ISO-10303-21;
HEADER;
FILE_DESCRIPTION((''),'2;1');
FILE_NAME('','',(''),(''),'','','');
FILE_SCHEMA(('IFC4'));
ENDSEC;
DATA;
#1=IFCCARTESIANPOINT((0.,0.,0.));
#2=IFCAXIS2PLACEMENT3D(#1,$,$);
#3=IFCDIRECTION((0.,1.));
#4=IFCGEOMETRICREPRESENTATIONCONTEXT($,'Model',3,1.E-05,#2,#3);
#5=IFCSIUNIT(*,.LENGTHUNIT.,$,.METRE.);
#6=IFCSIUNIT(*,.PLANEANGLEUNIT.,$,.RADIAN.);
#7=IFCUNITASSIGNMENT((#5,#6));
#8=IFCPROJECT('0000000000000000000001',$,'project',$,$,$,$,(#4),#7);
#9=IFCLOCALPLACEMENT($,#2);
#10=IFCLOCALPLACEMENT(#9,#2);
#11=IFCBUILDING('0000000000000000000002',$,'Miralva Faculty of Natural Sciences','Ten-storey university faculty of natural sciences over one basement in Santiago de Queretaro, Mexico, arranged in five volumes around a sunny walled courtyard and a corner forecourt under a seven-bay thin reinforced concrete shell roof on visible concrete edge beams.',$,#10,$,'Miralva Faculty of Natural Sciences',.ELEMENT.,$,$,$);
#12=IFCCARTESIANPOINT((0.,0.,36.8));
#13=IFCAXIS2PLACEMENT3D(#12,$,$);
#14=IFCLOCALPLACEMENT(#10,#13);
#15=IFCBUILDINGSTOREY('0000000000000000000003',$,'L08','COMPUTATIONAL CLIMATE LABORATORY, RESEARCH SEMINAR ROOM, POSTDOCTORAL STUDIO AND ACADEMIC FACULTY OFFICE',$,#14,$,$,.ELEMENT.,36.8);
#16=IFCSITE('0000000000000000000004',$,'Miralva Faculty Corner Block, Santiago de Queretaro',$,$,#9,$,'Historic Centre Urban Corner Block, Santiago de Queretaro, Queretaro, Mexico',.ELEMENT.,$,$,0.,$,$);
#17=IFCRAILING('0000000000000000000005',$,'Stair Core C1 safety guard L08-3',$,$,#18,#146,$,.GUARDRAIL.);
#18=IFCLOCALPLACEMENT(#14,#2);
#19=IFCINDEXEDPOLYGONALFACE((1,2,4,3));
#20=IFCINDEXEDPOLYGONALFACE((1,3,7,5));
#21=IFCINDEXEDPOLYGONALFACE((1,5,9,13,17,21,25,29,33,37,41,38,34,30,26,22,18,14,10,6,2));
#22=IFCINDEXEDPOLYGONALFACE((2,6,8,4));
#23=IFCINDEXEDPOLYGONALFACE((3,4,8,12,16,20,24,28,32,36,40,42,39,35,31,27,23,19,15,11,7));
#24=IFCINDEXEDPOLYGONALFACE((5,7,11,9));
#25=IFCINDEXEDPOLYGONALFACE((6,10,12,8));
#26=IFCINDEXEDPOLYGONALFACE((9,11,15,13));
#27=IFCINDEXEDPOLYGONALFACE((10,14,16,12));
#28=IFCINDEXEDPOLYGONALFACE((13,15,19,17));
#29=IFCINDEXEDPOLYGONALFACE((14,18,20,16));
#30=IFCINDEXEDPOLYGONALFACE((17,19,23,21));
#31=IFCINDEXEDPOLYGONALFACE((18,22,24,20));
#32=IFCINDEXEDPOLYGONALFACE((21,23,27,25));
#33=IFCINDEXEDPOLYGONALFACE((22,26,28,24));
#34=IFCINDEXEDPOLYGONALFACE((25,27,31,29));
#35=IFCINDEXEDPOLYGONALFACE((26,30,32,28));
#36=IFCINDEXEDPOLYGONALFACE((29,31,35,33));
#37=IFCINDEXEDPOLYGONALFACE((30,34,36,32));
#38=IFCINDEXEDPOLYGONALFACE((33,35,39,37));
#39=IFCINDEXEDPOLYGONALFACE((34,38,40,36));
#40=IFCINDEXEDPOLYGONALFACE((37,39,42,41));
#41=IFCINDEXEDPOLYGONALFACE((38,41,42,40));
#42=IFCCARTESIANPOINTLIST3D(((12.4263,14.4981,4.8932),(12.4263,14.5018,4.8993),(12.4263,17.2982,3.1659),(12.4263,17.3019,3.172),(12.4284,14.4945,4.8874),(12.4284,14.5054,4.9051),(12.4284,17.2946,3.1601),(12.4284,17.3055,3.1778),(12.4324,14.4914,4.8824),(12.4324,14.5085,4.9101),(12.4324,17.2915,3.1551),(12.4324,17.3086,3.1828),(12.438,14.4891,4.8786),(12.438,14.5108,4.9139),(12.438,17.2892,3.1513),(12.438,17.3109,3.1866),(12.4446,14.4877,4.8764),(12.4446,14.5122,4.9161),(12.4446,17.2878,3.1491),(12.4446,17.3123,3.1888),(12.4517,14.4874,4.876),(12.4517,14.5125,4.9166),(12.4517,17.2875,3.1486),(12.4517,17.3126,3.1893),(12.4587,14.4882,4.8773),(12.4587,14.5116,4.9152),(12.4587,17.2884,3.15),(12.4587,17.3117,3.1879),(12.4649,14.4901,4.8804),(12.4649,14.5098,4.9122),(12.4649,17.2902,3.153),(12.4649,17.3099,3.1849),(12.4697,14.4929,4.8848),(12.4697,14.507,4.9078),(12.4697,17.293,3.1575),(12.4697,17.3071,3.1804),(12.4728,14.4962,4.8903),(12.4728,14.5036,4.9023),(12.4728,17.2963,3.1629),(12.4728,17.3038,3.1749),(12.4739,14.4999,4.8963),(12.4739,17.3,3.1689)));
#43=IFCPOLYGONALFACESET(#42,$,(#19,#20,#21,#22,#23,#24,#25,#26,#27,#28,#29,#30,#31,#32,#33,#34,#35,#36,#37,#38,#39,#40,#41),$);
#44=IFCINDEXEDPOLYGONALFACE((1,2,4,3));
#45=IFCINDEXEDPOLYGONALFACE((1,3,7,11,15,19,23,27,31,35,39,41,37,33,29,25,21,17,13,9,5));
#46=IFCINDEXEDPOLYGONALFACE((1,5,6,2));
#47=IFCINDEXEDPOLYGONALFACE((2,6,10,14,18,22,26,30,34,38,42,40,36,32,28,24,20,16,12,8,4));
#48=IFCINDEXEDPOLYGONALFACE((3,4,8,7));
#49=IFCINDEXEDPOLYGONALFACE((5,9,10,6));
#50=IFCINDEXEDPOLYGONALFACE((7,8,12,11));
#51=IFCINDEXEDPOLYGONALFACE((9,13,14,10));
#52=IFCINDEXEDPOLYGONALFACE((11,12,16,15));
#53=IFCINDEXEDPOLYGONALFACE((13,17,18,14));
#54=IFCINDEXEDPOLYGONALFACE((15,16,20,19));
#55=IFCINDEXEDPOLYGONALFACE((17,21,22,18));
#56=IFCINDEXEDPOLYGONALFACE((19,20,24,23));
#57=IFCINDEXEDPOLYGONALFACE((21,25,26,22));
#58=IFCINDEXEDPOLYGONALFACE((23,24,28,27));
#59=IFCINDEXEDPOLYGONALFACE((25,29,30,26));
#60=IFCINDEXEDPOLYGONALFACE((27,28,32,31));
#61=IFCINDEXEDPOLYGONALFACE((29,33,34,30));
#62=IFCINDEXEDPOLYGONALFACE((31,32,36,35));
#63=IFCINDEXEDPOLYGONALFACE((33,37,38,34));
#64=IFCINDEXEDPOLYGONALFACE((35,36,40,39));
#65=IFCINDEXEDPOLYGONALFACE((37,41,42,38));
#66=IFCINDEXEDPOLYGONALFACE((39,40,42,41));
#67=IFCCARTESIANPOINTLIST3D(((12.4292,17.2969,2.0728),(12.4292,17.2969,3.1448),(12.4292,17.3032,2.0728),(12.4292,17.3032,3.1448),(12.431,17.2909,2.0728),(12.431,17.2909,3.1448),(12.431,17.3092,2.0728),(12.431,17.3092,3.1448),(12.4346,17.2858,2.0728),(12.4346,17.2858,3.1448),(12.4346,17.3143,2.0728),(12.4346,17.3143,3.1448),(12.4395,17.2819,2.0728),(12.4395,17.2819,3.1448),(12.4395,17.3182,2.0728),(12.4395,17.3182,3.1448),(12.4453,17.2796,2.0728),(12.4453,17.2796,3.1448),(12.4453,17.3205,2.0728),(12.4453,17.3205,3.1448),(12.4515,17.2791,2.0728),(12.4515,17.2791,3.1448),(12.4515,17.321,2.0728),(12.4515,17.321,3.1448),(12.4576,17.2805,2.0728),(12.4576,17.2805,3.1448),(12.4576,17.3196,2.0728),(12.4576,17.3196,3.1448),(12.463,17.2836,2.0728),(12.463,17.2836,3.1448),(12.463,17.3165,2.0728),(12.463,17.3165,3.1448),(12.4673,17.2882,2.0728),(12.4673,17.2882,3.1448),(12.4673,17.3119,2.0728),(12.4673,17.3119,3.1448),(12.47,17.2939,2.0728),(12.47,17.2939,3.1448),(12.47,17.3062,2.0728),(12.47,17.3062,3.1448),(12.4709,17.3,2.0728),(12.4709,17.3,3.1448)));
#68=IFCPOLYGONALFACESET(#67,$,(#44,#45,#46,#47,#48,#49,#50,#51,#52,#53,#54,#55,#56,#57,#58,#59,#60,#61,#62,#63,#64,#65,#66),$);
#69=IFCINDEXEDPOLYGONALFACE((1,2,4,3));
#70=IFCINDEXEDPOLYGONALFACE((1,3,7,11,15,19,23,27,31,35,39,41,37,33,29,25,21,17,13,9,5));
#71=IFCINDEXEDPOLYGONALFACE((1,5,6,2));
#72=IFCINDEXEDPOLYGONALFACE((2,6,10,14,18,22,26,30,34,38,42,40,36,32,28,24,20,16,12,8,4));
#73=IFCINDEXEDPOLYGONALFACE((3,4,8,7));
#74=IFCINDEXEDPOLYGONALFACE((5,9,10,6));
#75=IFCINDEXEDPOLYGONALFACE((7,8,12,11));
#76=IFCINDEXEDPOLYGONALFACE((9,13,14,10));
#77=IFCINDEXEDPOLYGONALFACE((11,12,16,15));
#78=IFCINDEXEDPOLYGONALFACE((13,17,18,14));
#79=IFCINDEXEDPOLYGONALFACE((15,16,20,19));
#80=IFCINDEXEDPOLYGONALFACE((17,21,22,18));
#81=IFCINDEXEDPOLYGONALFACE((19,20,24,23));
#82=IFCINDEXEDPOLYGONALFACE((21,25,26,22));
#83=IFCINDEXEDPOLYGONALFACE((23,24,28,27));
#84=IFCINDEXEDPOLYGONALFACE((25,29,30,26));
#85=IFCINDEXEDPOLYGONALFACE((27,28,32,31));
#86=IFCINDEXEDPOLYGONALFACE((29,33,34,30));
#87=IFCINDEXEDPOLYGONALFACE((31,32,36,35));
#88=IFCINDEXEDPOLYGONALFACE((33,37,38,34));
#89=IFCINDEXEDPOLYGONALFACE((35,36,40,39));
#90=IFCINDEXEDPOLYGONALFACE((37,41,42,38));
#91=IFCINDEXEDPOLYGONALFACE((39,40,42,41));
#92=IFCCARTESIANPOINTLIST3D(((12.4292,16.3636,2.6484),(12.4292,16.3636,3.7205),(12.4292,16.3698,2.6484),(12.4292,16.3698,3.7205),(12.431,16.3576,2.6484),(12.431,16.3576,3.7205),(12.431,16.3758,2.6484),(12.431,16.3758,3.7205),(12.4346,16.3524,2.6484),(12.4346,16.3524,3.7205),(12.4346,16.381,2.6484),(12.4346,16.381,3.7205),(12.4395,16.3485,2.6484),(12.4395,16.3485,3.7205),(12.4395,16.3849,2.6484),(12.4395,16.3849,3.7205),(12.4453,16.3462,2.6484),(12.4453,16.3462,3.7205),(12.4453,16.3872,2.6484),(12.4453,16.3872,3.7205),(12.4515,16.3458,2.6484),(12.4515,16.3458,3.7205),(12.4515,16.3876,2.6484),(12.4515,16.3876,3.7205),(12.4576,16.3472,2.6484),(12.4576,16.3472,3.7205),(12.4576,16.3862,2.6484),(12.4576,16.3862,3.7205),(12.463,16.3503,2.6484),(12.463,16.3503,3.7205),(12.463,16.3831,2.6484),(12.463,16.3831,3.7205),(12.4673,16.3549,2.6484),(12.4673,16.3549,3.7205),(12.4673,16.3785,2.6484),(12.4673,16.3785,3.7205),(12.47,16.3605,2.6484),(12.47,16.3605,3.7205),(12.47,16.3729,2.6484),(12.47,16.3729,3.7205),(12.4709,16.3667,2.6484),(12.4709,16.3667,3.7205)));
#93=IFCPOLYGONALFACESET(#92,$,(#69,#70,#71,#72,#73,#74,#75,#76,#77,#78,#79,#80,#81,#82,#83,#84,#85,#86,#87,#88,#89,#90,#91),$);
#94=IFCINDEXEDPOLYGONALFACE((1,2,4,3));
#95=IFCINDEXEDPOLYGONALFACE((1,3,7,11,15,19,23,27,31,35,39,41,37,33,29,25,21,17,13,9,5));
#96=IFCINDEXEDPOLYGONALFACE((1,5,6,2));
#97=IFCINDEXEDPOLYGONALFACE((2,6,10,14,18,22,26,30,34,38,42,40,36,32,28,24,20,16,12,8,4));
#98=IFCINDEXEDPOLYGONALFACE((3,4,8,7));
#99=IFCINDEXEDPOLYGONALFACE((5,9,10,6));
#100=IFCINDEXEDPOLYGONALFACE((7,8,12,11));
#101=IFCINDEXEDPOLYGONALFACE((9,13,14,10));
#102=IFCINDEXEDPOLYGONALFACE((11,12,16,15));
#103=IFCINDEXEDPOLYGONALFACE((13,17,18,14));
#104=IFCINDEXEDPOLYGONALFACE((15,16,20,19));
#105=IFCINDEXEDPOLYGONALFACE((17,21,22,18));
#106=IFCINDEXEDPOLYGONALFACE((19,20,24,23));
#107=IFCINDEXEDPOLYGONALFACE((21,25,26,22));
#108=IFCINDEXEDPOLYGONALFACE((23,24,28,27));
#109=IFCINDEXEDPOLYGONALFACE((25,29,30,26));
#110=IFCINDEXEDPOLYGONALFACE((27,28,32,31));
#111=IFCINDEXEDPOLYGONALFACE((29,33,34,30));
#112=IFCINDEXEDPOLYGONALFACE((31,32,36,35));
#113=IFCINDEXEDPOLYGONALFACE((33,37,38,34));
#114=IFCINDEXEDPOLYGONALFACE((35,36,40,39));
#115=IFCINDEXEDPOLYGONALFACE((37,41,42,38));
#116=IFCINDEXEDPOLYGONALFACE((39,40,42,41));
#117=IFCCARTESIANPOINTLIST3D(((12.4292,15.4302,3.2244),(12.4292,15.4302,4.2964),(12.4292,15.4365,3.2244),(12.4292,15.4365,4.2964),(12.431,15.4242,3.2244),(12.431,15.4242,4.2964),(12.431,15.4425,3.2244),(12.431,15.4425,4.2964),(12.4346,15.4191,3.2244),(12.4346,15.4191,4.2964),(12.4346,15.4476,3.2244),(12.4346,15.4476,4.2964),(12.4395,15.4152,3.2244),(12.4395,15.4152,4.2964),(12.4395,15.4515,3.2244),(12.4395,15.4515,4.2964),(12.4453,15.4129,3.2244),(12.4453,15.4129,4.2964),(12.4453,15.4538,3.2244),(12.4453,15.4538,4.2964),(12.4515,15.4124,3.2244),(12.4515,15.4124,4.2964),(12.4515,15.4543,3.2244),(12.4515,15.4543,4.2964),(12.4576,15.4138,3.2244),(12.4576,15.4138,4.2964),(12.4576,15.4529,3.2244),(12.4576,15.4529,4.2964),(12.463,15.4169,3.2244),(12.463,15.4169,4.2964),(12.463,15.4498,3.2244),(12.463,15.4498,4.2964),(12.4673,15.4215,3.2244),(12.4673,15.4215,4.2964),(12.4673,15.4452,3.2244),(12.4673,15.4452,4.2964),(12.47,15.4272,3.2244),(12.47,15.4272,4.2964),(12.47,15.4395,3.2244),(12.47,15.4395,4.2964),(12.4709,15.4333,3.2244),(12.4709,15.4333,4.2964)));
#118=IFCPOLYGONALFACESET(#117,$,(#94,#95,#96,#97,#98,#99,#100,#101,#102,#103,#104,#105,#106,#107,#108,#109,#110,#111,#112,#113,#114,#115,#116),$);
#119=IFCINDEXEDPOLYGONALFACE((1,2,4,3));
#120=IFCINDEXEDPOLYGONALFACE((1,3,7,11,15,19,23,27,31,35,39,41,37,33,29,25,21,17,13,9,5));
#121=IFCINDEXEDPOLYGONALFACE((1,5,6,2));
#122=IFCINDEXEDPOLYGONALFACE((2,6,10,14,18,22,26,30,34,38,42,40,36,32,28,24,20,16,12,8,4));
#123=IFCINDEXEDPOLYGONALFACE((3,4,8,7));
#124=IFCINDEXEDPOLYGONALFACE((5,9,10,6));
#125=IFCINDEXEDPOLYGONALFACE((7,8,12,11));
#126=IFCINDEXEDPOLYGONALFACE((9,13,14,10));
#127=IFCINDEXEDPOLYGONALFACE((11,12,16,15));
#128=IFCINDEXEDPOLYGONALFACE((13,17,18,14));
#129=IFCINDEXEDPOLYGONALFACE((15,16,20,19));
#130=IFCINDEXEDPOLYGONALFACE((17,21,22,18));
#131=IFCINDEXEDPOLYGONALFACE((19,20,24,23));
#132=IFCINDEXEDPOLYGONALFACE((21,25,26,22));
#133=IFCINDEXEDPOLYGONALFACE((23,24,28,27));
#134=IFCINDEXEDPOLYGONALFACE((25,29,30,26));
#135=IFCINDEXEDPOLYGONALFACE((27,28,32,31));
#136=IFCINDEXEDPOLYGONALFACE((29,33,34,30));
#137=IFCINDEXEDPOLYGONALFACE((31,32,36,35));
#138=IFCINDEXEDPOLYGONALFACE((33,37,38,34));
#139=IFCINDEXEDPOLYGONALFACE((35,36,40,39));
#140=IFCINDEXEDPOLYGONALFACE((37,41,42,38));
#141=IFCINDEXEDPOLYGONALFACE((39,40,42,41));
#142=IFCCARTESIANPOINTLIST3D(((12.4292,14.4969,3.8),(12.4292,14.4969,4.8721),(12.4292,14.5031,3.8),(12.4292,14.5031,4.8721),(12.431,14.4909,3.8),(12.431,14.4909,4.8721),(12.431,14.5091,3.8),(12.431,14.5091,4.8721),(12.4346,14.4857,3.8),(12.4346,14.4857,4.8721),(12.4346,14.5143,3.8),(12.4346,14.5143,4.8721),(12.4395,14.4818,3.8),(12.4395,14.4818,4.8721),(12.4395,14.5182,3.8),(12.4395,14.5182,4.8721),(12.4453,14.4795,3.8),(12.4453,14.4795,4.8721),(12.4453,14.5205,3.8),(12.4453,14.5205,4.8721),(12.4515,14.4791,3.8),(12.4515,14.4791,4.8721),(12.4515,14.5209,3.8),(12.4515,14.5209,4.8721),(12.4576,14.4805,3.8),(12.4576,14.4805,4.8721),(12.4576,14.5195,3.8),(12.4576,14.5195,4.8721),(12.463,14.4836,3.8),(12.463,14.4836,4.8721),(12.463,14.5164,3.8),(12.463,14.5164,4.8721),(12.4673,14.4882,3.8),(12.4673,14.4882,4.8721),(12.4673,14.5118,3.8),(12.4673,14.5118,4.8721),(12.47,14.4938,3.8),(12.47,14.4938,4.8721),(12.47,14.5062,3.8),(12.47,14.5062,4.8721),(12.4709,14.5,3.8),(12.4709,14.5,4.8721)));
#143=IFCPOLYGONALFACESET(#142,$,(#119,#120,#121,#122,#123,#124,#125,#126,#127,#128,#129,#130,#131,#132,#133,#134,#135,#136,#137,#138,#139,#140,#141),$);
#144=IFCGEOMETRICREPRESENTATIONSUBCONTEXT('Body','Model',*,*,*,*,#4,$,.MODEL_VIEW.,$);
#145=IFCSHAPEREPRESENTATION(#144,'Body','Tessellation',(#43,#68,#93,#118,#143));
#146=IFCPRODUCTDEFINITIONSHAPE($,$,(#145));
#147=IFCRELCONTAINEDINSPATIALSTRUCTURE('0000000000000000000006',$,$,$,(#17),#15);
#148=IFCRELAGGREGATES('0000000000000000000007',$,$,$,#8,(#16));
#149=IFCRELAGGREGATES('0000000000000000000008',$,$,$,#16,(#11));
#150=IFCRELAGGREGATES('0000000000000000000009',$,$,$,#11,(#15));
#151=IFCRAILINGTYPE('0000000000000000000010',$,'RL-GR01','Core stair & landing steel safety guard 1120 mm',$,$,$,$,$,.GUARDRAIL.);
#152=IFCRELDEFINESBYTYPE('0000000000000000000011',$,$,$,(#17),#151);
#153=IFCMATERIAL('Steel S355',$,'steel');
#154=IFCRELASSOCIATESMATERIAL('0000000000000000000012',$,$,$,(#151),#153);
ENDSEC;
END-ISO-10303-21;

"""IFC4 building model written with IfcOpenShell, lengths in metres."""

from ifc_helpers import new_model, si_unit, direction, frame, origin, origin_2d, place, context, subcontext, project, spatial, circle, extrude, material, type_object, element, save


model = new_model("IFC4")

# Units and contexts
model_context = context("Model", 3, precision=1e-05, world=origin(), true_north=direction((0.0, 1.0)))
body_context = subcontext(model_context, "Body", "Model", "MODEL_VIEW")
ifc_project = project(units=[si_unit("LENGTHUNIT", "METRE"), si_unit("PLANEANGLEUNIT", "RADIAN")], contexts=[model_context])

# Site, building, storey
site_placement = place(None, origin())
site = spatial("IfcSite", under=ifc_project, at=site_placement, Name="Miralva Faculty Corner Block, Santiago de Queretaro", LongName="Historic Centre Urban Corner Block, Santiago de Queretaro, Queretaro, Mexico", CompositionType="ELEMENT", RefElevation=0.0)
building_placement = place(site_placement, origin())
building = spatial("IfcBuilding", under=site, at=building_placement, Name="Miralva Faculty of Natural Sciences", Description="Ten-storey university faculty of natural sciences over one basement in Santiago de Queretaro, Mexico, arranged in five volumes around a sunny walled courtyard and a corner forecourt under a seven-bay thin reinforced concrete shell roof on visible concrete edge beams.", LongName="Miralva Faculty of Natural Sciences", CompositionType="ELEMENT")
storey_placement = place(building_placement, frame((0.0, 0.0, 36.8)))
storey = spatial("IfcBuildingStorey", under=building, at=storey_placement, Name="L08", Description="COMPUTATIONAL CLIMATE LABORATORY, RESEARCH SEMINAR ROOM, POSTDOCTORAL STUDIO AND ACADEMIC FACULTY OFFICE", CompositionType="ELEMENT", Elevation=36.8)

# Railing
ifc_material_1 = material(Name="Steel S355", Category="steel")
railing_type_1 = type_object("IfcRailingType", Name="RL-GR01", Description="Core stair & landing steel safety guard 1120 mm", PredefinedType="GUARDRAIL", material=ifc_material_1)
railing_1_placement = place(storey_placement, frame((12.45, 17.3, 2.0728)))
element("IfcRailing", 1, at=railing_1_placement, inside=storey, type_object=railing_type_1, Name="Stair Core C1 safety guard L08-3", PredefinedType="GUARDRAIL", context=body_context, shape_type="SweptSolid", body=[
    extrude(circle(Radius=0.0239, at=origin_2d()), frame((0.0, 0.0, 1.0962), z_axis=(0.0, -0.85109, 0.52502), x_axis=(1.0, 0.0, 0.0)), (0.0, 0.0, 1.0), 3.29),
    extrude(circle(Radius=0.021, at=origin_2d()), origin(), (0.0, 0.0, 1.0), 1.072),
    extrude(circle(Radius=0.021, at=origin_2d()), frame((0.0, -0.9333, 0.5757)), (0.0, 0.0, 1.0), 1.072),
    extrude(circle(Radius=0.021, at=origin_2d()), frame((0.0, -1.8667, 1.1516)), (0.0, 0.0, 1.0), 1.072),
    extrude(circle(Radius=0.021, at=origin_2d()), frame((0.0, -2.8, 1.7273)), (0.0, 0.0, 1.0), 1.072),
])

save(model, "model.ifc")
